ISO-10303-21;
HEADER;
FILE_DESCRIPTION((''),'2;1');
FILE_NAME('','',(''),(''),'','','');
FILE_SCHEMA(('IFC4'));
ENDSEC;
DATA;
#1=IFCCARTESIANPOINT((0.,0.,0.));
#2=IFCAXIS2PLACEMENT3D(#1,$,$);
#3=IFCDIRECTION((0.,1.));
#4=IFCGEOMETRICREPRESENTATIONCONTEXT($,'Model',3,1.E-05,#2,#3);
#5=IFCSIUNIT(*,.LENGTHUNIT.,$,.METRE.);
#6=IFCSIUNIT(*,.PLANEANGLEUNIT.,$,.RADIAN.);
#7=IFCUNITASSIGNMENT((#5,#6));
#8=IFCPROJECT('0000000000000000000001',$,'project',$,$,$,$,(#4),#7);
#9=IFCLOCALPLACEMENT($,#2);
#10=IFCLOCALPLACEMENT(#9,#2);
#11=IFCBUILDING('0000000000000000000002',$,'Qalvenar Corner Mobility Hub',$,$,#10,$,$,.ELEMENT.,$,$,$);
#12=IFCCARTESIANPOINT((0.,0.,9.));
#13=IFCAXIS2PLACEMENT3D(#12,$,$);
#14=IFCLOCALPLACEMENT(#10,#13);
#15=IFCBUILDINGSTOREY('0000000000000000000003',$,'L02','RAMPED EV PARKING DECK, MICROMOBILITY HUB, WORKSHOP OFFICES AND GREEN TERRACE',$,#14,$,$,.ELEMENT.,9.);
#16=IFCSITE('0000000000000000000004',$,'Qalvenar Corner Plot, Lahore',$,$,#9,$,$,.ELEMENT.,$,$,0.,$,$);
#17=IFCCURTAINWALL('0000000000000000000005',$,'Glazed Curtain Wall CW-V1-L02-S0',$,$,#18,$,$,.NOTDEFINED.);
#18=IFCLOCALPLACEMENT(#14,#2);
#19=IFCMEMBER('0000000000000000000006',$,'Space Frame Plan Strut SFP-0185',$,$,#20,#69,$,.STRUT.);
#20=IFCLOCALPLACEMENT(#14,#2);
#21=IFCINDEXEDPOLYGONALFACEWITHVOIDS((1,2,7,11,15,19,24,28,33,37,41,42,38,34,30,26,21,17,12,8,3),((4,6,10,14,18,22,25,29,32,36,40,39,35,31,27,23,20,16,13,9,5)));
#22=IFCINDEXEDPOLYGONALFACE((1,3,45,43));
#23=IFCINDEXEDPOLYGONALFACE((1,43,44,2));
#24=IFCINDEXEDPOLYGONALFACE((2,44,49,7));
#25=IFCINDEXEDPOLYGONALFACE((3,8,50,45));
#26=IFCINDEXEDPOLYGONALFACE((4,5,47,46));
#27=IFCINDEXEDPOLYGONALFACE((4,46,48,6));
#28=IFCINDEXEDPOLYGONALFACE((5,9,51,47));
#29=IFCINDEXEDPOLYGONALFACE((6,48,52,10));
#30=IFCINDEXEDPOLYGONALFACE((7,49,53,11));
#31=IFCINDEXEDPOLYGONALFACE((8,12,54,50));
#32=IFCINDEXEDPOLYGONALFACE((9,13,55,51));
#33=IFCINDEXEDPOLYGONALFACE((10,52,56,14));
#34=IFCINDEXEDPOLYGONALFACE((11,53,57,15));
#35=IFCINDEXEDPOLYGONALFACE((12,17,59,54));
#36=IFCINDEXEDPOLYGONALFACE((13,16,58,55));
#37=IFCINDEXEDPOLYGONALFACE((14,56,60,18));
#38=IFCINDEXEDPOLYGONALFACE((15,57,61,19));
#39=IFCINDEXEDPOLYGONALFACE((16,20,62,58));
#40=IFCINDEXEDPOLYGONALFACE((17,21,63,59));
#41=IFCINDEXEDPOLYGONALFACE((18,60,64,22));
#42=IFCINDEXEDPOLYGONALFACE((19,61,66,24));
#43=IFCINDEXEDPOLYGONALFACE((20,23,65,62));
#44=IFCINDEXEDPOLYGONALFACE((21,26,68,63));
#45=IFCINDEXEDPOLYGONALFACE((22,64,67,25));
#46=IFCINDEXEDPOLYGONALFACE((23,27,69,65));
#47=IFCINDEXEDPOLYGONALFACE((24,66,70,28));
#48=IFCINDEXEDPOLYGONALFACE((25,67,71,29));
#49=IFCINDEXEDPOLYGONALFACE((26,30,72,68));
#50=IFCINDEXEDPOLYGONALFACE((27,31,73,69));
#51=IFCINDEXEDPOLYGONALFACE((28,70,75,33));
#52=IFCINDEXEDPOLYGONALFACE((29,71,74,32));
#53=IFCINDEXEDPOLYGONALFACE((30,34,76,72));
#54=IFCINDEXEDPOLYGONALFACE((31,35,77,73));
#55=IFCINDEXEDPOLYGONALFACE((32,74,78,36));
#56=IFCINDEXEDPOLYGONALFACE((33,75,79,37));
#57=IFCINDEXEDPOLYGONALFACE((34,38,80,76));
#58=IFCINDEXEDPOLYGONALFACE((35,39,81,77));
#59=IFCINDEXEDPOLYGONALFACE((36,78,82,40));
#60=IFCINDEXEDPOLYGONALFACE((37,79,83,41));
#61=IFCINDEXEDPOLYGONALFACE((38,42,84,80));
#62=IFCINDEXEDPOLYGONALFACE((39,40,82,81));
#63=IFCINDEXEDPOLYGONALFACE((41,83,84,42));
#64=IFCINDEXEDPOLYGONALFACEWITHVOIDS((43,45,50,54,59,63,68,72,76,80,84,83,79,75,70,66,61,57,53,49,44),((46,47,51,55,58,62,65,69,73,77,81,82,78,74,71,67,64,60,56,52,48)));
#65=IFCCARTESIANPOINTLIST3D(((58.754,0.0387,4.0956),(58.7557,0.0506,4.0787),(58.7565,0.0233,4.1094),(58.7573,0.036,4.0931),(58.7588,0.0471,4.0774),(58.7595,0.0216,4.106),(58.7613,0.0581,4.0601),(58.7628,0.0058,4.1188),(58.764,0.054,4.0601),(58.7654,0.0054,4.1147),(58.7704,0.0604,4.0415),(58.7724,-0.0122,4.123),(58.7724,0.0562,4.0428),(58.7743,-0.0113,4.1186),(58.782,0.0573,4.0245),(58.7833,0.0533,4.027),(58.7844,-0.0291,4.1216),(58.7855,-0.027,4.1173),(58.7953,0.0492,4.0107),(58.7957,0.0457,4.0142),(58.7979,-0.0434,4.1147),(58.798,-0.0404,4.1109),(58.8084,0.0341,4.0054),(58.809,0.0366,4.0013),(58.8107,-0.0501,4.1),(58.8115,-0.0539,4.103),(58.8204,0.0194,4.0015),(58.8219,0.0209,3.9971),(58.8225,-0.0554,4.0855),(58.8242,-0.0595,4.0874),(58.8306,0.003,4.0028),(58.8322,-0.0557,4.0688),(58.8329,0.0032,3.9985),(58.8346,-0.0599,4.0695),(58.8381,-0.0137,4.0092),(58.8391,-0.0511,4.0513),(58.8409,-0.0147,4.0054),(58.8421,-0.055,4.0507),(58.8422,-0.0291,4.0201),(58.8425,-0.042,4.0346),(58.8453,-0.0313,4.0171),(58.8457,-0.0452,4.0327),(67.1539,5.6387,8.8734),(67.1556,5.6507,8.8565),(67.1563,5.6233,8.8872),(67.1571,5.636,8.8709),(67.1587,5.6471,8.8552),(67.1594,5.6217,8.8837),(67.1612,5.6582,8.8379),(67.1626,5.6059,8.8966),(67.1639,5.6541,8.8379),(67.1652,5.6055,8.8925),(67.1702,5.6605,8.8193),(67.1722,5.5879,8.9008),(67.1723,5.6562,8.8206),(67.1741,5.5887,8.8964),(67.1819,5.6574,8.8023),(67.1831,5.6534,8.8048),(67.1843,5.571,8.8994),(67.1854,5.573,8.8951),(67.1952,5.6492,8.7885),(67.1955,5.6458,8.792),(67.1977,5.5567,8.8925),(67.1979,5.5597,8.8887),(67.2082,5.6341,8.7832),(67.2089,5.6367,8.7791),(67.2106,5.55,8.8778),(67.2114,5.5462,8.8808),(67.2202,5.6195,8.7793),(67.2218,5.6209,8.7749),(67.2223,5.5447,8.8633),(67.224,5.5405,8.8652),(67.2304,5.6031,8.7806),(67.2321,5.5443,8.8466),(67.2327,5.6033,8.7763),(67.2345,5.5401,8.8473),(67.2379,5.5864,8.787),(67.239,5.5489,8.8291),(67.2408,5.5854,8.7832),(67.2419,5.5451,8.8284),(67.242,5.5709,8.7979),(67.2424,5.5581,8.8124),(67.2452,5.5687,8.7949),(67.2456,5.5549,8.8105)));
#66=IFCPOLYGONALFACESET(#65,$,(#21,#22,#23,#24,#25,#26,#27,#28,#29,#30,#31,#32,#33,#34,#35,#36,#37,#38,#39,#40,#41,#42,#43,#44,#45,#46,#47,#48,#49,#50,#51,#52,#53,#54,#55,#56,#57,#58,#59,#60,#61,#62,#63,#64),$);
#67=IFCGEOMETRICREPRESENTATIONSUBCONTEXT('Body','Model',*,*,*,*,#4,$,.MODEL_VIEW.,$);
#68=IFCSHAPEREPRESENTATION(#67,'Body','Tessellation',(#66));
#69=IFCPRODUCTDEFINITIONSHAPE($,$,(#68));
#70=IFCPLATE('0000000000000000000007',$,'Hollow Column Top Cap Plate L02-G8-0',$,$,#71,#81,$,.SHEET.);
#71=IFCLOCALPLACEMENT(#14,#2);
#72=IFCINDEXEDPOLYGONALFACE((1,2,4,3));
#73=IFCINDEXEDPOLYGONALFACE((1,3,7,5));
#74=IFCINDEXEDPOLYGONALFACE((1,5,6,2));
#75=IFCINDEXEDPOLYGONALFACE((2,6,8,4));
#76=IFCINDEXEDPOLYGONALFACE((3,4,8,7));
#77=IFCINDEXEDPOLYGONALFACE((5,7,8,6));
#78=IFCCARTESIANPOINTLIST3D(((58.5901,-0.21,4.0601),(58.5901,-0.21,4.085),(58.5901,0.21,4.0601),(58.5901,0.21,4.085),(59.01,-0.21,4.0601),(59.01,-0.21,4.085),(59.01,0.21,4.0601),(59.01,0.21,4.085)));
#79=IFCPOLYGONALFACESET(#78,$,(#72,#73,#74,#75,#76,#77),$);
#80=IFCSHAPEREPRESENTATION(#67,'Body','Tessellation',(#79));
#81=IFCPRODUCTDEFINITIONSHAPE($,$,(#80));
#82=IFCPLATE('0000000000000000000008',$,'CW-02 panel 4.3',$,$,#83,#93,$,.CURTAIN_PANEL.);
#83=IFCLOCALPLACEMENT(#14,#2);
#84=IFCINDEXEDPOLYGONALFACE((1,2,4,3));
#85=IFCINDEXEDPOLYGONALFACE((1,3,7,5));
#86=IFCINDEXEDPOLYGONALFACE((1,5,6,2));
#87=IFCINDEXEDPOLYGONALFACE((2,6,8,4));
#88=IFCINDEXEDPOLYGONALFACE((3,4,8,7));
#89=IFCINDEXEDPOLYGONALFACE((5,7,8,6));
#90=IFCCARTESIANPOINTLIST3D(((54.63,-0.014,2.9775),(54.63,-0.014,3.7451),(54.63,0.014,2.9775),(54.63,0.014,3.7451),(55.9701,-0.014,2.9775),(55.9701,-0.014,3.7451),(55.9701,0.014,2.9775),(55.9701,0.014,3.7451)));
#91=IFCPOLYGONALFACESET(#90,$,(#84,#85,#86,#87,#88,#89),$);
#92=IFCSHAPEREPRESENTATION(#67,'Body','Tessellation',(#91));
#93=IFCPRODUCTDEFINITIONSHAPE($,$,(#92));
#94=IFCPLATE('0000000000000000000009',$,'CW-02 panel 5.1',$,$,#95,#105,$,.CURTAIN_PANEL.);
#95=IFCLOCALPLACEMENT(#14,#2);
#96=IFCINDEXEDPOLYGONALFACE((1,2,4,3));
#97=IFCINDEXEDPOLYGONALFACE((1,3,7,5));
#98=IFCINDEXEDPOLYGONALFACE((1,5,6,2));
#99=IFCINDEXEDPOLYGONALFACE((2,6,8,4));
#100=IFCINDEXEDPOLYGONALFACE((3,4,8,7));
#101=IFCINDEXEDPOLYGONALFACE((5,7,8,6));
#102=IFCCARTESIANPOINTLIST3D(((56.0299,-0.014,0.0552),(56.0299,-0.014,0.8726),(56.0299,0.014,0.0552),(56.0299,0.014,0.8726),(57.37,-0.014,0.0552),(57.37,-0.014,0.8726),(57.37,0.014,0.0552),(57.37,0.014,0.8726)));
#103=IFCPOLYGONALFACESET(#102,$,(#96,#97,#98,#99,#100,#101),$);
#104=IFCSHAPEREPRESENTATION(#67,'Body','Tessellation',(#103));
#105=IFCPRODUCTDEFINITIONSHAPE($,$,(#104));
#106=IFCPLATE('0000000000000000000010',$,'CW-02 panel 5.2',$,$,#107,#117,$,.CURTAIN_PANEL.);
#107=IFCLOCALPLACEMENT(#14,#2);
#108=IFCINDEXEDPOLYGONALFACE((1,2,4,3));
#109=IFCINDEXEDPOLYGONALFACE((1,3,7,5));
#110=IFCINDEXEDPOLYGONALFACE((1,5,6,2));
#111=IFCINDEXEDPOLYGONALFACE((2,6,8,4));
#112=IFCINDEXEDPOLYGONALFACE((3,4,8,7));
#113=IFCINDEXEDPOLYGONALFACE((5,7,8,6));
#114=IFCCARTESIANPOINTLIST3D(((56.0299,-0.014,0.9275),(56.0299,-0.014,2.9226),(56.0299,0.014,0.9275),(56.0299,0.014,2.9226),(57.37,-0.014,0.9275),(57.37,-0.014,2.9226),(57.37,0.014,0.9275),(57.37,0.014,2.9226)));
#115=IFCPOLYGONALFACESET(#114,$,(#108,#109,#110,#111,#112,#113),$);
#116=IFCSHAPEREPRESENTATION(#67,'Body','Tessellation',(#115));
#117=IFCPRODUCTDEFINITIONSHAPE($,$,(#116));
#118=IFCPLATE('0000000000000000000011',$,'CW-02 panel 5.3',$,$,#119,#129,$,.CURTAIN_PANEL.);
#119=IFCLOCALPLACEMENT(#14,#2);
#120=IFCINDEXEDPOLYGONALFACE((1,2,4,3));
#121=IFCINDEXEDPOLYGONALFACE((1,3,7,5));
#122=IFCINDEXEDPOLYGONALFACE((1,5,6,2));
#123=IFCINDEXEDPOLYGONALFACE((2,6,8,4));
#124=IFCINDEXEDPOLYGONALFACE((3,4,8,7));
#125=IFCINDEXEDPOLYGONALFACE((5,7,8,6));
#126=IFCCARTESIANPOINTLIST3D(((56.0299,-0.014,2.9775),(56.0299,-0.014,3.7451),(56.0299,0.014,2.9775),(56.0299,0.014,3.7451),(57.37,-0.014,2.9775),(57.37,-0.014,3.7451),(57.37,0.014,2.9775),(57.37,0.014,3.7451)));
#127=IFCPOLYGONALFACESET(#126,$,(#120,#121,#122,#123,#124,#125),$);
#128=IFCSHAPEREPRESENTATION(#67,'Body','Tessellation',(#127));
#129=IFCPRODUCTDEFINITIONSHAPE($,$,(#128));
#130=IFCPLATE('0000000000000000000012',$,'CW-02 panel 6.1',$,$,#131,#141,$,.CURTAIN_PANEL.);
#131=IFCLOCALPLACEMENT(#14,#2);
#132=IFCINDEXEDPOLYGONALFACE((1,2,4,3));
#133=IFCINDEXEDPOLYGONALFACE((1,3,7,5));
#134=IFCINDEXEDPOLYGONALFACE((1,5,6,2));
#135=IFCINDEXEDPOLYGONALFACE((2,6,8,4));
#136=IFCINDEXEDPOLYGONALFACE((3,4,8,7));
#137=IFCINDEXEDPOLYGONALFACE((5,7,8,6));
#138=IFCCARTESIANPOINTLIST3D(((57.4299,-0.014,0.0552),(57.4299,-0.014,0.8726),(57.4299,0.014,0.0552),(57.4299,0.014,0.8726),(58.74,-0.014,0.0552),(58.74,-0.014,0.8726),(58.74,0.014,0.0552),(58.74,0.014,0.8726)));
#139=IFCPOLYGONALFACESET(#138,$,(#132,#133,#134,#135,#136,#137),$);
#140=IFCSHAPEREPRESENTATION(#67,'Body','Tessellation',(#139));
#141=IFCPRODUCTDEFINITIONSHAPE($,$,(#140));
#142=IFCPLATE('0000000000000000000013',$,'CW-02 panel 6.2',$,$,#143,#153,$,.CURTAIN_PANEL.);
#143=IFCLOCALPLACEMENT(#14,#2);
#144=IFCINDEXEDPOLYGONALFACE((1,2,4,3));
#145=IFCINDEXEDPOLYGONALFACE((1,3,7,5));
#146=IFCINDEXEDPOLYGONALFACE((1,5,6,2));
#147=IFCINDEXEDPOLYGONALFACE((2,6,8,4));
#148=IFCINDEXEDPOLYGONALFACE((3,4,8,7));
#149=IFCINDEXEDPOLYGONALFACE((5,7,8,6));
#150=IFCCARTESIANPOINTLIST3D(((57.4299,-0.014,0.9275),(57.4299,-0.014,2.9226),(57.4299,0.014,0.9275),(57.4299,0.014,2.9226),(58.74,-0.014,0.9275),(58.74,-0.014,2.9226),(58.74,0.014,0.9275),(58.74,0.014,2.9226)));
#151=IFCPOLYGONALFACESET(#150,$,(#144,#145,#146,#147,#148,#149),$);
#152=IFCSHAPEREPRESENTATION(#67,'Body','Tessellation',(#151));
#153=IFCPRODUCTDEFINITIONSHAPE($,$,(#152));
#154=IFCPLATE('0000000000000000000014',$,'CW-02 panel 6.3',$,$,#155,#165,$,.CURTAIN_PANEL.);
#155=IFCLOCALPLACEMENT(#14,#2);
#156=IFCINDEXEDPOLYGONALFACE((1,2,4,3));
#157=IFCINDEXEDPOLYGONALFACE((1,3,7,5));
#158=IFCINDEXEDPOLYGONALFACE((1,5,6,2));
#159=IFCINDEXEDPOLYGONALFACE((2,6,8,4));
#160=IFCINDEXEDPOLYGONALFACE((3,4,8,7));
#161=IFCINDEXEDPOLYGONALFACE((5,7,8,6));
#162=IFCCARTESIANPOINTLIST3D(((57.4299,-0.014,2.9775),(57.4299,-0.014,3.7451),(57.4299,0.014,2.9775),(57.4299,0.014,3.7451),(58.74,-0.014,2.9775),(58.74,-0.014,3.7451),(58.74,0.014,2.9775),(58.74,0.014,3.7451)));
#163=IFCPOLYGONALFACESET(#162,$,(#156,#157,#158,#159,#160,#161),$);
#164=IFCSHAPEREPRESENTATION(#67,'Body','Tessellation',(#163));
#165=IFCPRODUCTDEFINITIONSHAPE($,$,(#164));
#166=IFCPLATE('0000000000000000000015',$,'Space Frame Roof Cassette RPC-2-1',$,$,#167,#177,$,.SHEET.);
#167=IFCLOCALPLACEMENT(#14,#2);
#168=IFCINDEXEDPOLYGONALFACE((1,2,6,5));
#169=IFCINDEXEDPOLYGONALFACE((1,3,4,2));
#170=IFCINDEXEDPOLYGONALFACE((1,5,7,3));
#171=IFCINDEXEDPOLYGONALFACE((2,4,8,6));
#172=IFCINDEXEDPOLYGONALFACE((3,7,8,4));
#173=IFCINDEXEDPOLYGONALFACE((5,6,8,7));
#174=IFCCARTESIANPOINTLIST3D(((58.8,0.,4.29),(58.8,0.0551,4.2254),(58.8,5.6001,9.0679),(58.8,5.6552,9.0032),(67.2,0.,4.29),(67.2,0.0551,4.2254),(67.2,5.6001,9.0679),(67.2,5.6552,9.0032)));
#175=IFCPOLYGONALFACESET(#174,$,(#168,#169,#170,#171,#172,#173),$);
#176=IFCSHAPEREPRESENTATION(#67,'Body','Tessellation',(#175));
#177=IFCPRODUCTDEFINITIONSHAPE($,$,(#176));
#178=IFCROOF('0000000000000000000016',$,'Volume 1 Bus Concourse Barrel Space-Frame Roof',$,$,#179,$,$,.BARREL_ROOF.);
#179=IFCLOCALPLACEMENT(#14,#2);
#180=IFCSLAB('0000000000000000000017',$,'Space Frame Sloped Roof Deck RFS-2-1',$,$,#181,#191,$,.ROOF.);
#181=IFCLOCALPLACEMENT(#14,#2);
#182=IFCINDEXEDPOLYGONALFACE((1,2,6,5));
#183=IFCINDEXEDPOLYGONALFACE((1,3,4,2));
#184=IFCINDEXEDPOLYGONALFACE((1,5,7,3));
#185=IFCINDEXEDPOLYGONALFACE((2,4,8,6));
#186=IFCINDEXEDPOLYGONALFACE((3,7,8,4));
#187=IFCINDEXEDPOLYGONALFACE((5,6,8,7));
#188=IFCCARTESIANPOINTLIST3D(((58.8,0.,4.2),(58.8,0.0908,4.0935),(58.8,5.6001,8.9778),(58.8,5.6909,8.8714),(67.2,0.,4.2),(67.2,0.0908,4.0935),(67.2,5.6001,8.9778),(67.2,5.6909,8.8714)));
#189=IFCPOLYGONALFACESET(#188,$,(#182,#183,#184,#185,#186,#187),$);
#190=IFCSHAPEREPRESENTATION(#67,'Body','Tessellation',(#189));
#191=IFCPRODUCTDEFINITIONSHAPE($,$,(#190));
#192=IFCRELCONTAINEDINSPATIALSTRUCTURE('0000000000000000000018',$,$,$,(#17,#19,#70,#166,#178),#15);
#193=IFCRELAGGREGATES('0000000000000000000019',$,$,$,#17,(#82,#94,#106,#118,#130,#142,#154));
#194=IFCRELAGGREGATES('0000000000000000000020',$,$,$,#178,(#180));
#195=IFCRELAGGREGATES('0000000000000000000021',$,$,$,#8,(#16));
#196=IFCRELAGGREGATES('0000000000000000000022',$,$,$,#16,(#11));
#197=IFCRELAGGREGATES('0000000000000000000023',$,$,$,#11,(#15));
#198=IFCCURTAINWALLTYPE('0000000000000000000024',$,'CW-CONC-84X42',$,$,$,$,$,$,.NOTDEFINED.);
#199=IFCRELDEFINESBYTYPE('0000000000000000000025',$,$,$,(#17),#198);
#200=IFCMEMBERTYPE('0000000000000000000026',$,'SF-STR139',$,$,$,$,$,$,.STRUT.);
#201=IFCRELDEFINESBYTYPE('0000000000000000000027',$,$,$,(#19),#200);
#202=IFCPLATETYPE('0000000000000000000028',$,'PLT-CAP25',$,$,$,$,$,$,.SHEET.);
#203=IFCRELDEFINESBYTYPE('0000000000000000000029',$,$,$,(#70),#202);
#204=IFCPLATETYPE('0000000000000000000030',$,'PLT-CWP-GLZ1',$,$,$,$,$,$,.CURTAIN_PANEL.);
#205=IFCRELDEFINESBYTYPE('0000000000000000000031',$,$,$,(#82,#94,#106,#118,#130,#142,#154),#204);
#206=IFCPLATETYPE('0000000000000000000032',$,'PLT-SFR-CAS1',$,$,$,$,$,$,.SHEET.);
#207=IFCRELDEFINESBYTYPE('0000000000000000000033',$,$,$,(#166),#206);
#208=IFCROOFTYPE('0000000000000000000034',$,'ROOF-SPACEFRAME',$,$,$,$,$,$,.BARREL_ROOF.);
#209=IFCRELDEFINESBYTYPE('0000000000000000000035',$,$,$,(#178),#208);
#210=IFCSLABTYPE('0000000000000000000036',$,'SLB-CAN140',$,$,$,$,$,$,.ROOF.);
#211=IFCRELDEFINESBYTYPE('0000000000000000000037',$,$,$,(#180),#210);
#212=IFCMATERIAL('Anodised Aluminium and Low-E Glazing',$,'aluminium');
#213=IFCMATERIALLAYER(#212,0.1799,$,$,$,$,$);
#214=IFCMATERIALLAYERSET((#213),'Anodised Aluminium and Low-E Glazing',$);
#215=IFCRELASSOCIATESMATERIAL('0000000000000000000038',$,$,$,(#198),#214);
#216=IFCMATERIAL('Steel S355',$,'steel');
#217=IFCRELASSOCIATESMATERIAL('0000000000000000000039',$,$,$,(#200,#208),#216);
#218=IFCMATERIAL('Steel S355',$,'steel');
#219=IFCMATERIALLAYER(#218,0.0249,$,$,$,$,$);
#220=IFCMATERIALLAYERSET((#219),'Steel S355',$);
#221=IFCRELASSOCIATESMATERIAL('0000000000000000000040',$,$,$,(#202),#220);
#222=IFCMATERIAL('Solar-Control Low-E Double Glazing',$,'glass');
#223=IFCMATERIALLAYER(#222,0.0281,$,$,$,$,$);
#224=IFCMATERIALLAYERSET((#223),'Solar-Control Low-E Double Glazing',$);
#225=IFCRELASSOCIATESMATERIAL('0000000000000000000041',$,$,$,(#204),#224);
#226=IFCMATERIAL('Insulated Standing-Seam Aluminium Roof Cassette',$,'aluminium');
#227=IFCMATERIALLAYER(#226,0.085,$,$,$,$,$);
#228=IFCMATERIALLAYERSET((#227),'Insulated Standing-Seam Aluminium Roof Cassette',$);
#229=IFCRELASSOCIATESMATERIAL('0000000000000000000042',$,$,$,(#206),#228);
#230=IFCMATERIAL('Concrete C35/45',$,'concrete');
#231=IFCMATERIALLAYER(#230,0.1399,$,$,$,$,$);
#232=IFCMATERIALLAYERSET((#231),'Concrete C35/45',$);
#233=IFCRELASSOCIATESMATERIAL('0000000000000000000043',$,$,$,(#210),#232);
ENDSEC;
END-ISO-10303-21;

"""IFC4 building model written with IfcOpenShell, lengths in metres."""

from ifc_helpers import new_model, si_unit, direction, frame, origin, origin_2d, place, context, subcontext, project, spatial, polyline, rectangle, hollow_circle, outline, extrude, material, layer, layer_set, material_profile, profile_set, type_object, element, aggregate, save


model = new_model("IFC4")

# Units and contexts
model_context = context("Model", 3, precision=1e-05, world=origin(), true_north=direction((0.0, 1.0)))
body_context = subcontext(model_context, "Body", "Model", "MODEL_VIEW")
ifc_project = project(units=[si_unit("LENGTHUNIT", "METRE"), si_unit("PLANEANGLEUNIT", "RADIAN")], contexts=[model_context])

# Site, building, storey
site_placement = place(None, origin())
site = spatial("IfcSite", under=ifc_project, at=site_placement, Name="Qalvenar Corner Plot, Lahore", CompositionType="ELEMENT", RefElevation=0.0)
building_placement = place(site_placement, origin())
building = spatial("IfcBuilding", under=site, at=building_placement, Name="Qalvenar Corner Mobility Hub", CompositionType="ELEMENT")
storey_placement = place(building_placement, frame((0.0, 0.0, 9.0)))
storey = spatial("IfcBuildingStorey", under=building, at=storey_placement, Name="L02", Description="RAMPED EV PARKING DECK, MICROMOBILITY HUB, WORKSHOP OFFICES AND GREEN TERRACE", CompositionType="ELEMENT", Elevation=9.0)

# Curtain wall
ifc_material_1 = material(Name="Anodised Aluminium and Low-E Glazing", Category="aluminium")
ifc_layer_1 = layer(ifc_material_1, 0.1799)
ifc_layer_set_1 = layer_set([ifc_layer_1], Name="Anodised Aluminium and Low-E Glazing")
curtain_wall_type = type_object("IfcCurtainWallType", Name="CW-CONC-84X42", PredefinedType="NOTDEFINED", material=ifc_layer_set_1)
curtain_wall_1_placement = place(storey_placement, origin())
curtain_wall_1 = element("IfcCurtainWall", 1, at=curtain_wall_1_placement, inside=storey, type_object=curtain_wall_type, Name="Glazed Curtain Wall CW-V1-L02-S0", PredefinedType="NOTDEFINED")

# Member
ifc_material_2 = material(Name="Steel S355", Category="steel")
ifc_material_profile_1 = material_profile(ifc_material_2, hollow_circle(Radius=0.0698, WallThickness=0.0049, at=origin_2d()), Name="CHS139.7x5")
ifc_profile_set_1 = profile_set([ifc_material_profile_1], Name="Steel S355")
member_type_1 = type_object("IfcMemberType", Name="SF-STR139", PredefinedType="STRUT", material=ifc_profile_set_1)
member_1_placement = place(storey_placement, frame((58.8, 0.0, 4.0601), z_axis=(0.752071, 0.501395, 0.427775), x_axis=(-0.554711, 0.832043, 0.0)))
element("IfcMember", 2, at=member_1_placement, inside=storey, type_object=member_type_1, Name="Space Frame Plan Strut SFP-0185", PredefinedType="STRUT", context=body_context, shape_type="SweptSolid", body=[
    extrude(hollow_circle(Radius=0.0698, WallThickness=0.0049, at=origin_2d()), origin(), (0.0, 0.0, 1.0), 11.1689),
])

# Plates
ifc_material_3 = material(Name="Steel S355", Category="steel")
ifc_layer_2 = layer(ifc_material_3, 0.0249)
ifc_layer_set_2 = layer_set([ifc_layer_2], Name="Steel S355")
plate_type_1 = type_object("IfcPlateType", Name="PLT-CAP25", PredefinedType="SHEET", material=ifc_layer_set_2)
plate_1_placement = place(storey_placement, frame((58.8, 0.0, 4.0601), z_axis=(0.0, 0.0, 1.0), x_axis=(1.0, 0.0, 0.0)))
element("IfcPlate", 3, at=plate_1_placement, inside=storey, type_object=plate_type_1, Name="Hollow Column Top Cap Plate L02-G8-0", PredefinedType="SHEET", context=body_context, shape_type="SweptSolid", body=[
    extrude(rectangle(XDim=0.4199, YDim=0.4199, at=origin_2d()), origin(), (0.0, 0.0, 1.0), 0.0249),
])
ifc_material_4 = material(Name="Solar-Control Low-E Double Glazing", Category="glass")
ifc_layer_3 = layer(ifc_material_4, 0.0281)
ifc_layer_set_3 = layer_set([ifc_layer_3], Name="Solar-Control Low-E Double Glazing")
plate_type_2 = type_object("IfcPlateType", Name="PLT-CWP-GLZ1", PredefinedType="CURTAIN_PANEL", material=ifc_layer_set_3)
plate_2_placement = place(storey_placement, frame((55.3, 0.0, 2.9775), z_axis=(0.0, 0.0, 1.0), x_axis=(1.0, 0.0, 0.0)))
plate_2 = element("IfcPlate", 4, at=plate_2_placement, type_object=plate_type_2, Name="CW-02 panel 4.3", PredefinedType="CURTAIN_PANEL", context=body_context, shape_type="SweptSolid", body=[
    extrude(rectangle(XDim=1.3401, YDim=0.0281, at=origin_2d()), origin(), (0.0, 0.0, 1.0), 0.7676),
])
plate_3_placement = place(storey_placement, frame((56.7, 0.0, 0.0552), z_axis=(0.0, 0.0, 1.0), x_axis=(1.0, 0.0, 0.0)))
plate_3 = element("IfcPlate", 5, at=plate_3_placement, type_object=plate_type_2, Name="CW-02 panel 5.1", PredefinedType="CURTAIN_PANEL", context=body_context, shape_type="SweptSolid", body=[
    extrude(rectangle(XDim=1.3401, YDim=0.0281, at=origin_2d()), origin(), (0.0, 0.0, 1.0), 0.8174),
])
plate_4_placement = place(storey_placement, frame((56.7, 0.0, 0.9275), z_axis=(0.0, 0.0, 1.0), x_axis=(1.0, 0.0, 0.0)))
plate_4 = element("IfcPlate", 6, at=plate_4_placement, type_object=plate_type_2, Name="CW-02 panel 5.2", PredefinedType="CURTAIN_PANEL", context=body_context, shape_type="SweptSolid", body=[
    extrude(rectangle(XDim=1.3401, YDim=0.0281, at=origin_2d()), origin(), (0.0, 0.0, 1.0), 1.9951),
])
plate_5_placement = place(storey_placement, frame((56.7, 0.0, 2.9775), z_axis=(0.0, 0.0, 1.0), x_axis=(1.0, 0.0, 0.0)))
plate_5 = element("IfcPlate", 7, at=plate_5_placement, type_object=plate_type_2, Name="CW-02 panel 5.3", PredefinedType="CURTAIN_PANEL", context=body_context, shape_type="SweptSolid", body=[
    extrude(rectangle(XDim=1.3401, YDim=0.0281, at=origin_2d()), origin(), (0.0, 0.0, 1.0), 0.7676),
])
plate_6_placement = place(storey_placement, frame((58.085, 0.0, 0.0552), z_axis=(0.0, 0.0, 1.0), x_axis=(1.0, 0.0, 0.0)))
plate_6 = element("IfcPlate", 8, at=plate_6_placement, type_object=plate_type_2, Name="CW-02 panel 6.1", PredefinedType="CURTAIN_PANEL", context=body_context, shape_type="SweptSolid", body=[
    extrude(rectangle(XDim=1.3101, YDim=0.0281, at=origin_2d()), origin(), (0.0, 0.0, 1.0), 0.8174),
])
plate_7_placement = place(storey_placement, frame((58.085, 0.0, 0.9275), z_axis=(0.0, 0.0, 1.0), x_axis=(1.0, 0.0, 0.0)))
plate_7 = element("IfcPlate", 9, at=plate_7_placement, type_object=plate_type_2, Name="CW-02 panel 6.2", PredefinedType="CURTAIN_PANEL", context=body_context, shape_type="SweptSolid", body=[
    extrude(rectangle(XDim=1.3101, YDim=0.0281, at=origin_2d()), origin(), (0.0, 0.0, 1.0), 1.9951),
])
plate_8_placement = place(storey_placement, frame((58.085, 0.0, 2.9775), z_axis=(0.0, 0.0, 1.0), x_axis=(1.0, 0.0, 0.0)))
plate_8 = element("IfcPlate", 10, at=plate_8_placement, type_object=plate_type_2, Name="CW-02 panel 6.3", PredefinedType="CURTAIN_PANEL", context=body_context, shape_type="SweptSolid", body=[
    extrude(rectangle(XDim=1.3101, YDim=0.0281, at=origin_2d()), origin(), (0.0, 0.0, 1.0), 0.7676),
])
aggregate(curtain_wall_1, [plate_2, plate_3, plate_4, plate_5, plate_6, plate_7, plate_8])
ifc_material_5 = material(Name="Insulated Standing-Seam Aluminium Roof Cassette", Category="aluminium")
ifc_layer_4 = layer(ifc_material_5, 0.085)
ifc_layer_set_4 = layer_set([ifc_layer_4], Name="Insulated Standing-Seam Aluminium Roof Cassette")
plate_type_3 = type_object("IfcPlateType", Name="PLT-SFR-CAS1", PredefinedType="SHEET", material=ifc_layer_set_4)
plate_9_placement = place(storey_placement, frame((58.8, 0.0, 4.29), z_axis=(0.0, -0.649047, 0.760748), x_axis=(1.0, 0.0, 0.0)))
element("IfcPlate", 11, at=plate_9_placement, inside=storey, type_object=plate_type_3, Name="Space Frame Roof Cassette RPC-2-1", PredefinedType="SHEET", context=body_context, shape_type="SweptSolid", body=[
    extrude(outline(polyline([(0.0, 0.0), (8.3999, 0.0), (8.3999, 7.3613), (0.0, 7.3613), (0.0, 0.0)])), origin(), (0.0, 0.0, -1.0), 0.085),
])

# Roof, slab
roof_type = type_object("IfcRoofType", Name="ROOF-SPACEFRAME", PredefinedType="BARREL_ROOF", material=ifc_material_2)
roof_placement = place(storey_placement, origin())
roof = element("IfcRoof", 12, at=roof_placement, inside=storey, type_object=roof_type, Name="Volume 1 Bus Concourse Barrel Space-Frame Roof", PredefinedType="BARREL_ROOF")
ifc_material_6 = material(Name="Concrete C35/45", Category="concrete")
ifc_layer_5 = layer(ifc_material_6, 0.1399)
ifc_layer_set_5 = layer_set([ifc_layer_5], Name="Concrete C35/45")
slab_type = type_object("IfcSlabType", Name="SLB-CAN140", PredefinedType="ROOF", material=ifc_layer_set_5)
slab_placement = place(storey_placement, frame((58.8, 0.0, 4.2), z_axis=(0.0, -0.649047, 0.760748), x_axis=(1.0, 0.0, 0.0)))
slab = element("IfcSlab", 13, at=slab_placement, type_object=slab_type, Name="Space Frame Sloped Roof Deck RFS-2-1", PredefinedType="ROOF", context=body_context, shape_type="SweptSolid", body=[
    extrude(outline(polyline([(0.0, 0.0), (8.3999, 0.0), (8.3999, 7.3613), (0.0, 7.3613), (0.0, 0.0)])), origin(), (0.0, 0.0, -1.0), 0.1399),
])
aggregate(roof, [slab])

save(model, "model.ifc")
